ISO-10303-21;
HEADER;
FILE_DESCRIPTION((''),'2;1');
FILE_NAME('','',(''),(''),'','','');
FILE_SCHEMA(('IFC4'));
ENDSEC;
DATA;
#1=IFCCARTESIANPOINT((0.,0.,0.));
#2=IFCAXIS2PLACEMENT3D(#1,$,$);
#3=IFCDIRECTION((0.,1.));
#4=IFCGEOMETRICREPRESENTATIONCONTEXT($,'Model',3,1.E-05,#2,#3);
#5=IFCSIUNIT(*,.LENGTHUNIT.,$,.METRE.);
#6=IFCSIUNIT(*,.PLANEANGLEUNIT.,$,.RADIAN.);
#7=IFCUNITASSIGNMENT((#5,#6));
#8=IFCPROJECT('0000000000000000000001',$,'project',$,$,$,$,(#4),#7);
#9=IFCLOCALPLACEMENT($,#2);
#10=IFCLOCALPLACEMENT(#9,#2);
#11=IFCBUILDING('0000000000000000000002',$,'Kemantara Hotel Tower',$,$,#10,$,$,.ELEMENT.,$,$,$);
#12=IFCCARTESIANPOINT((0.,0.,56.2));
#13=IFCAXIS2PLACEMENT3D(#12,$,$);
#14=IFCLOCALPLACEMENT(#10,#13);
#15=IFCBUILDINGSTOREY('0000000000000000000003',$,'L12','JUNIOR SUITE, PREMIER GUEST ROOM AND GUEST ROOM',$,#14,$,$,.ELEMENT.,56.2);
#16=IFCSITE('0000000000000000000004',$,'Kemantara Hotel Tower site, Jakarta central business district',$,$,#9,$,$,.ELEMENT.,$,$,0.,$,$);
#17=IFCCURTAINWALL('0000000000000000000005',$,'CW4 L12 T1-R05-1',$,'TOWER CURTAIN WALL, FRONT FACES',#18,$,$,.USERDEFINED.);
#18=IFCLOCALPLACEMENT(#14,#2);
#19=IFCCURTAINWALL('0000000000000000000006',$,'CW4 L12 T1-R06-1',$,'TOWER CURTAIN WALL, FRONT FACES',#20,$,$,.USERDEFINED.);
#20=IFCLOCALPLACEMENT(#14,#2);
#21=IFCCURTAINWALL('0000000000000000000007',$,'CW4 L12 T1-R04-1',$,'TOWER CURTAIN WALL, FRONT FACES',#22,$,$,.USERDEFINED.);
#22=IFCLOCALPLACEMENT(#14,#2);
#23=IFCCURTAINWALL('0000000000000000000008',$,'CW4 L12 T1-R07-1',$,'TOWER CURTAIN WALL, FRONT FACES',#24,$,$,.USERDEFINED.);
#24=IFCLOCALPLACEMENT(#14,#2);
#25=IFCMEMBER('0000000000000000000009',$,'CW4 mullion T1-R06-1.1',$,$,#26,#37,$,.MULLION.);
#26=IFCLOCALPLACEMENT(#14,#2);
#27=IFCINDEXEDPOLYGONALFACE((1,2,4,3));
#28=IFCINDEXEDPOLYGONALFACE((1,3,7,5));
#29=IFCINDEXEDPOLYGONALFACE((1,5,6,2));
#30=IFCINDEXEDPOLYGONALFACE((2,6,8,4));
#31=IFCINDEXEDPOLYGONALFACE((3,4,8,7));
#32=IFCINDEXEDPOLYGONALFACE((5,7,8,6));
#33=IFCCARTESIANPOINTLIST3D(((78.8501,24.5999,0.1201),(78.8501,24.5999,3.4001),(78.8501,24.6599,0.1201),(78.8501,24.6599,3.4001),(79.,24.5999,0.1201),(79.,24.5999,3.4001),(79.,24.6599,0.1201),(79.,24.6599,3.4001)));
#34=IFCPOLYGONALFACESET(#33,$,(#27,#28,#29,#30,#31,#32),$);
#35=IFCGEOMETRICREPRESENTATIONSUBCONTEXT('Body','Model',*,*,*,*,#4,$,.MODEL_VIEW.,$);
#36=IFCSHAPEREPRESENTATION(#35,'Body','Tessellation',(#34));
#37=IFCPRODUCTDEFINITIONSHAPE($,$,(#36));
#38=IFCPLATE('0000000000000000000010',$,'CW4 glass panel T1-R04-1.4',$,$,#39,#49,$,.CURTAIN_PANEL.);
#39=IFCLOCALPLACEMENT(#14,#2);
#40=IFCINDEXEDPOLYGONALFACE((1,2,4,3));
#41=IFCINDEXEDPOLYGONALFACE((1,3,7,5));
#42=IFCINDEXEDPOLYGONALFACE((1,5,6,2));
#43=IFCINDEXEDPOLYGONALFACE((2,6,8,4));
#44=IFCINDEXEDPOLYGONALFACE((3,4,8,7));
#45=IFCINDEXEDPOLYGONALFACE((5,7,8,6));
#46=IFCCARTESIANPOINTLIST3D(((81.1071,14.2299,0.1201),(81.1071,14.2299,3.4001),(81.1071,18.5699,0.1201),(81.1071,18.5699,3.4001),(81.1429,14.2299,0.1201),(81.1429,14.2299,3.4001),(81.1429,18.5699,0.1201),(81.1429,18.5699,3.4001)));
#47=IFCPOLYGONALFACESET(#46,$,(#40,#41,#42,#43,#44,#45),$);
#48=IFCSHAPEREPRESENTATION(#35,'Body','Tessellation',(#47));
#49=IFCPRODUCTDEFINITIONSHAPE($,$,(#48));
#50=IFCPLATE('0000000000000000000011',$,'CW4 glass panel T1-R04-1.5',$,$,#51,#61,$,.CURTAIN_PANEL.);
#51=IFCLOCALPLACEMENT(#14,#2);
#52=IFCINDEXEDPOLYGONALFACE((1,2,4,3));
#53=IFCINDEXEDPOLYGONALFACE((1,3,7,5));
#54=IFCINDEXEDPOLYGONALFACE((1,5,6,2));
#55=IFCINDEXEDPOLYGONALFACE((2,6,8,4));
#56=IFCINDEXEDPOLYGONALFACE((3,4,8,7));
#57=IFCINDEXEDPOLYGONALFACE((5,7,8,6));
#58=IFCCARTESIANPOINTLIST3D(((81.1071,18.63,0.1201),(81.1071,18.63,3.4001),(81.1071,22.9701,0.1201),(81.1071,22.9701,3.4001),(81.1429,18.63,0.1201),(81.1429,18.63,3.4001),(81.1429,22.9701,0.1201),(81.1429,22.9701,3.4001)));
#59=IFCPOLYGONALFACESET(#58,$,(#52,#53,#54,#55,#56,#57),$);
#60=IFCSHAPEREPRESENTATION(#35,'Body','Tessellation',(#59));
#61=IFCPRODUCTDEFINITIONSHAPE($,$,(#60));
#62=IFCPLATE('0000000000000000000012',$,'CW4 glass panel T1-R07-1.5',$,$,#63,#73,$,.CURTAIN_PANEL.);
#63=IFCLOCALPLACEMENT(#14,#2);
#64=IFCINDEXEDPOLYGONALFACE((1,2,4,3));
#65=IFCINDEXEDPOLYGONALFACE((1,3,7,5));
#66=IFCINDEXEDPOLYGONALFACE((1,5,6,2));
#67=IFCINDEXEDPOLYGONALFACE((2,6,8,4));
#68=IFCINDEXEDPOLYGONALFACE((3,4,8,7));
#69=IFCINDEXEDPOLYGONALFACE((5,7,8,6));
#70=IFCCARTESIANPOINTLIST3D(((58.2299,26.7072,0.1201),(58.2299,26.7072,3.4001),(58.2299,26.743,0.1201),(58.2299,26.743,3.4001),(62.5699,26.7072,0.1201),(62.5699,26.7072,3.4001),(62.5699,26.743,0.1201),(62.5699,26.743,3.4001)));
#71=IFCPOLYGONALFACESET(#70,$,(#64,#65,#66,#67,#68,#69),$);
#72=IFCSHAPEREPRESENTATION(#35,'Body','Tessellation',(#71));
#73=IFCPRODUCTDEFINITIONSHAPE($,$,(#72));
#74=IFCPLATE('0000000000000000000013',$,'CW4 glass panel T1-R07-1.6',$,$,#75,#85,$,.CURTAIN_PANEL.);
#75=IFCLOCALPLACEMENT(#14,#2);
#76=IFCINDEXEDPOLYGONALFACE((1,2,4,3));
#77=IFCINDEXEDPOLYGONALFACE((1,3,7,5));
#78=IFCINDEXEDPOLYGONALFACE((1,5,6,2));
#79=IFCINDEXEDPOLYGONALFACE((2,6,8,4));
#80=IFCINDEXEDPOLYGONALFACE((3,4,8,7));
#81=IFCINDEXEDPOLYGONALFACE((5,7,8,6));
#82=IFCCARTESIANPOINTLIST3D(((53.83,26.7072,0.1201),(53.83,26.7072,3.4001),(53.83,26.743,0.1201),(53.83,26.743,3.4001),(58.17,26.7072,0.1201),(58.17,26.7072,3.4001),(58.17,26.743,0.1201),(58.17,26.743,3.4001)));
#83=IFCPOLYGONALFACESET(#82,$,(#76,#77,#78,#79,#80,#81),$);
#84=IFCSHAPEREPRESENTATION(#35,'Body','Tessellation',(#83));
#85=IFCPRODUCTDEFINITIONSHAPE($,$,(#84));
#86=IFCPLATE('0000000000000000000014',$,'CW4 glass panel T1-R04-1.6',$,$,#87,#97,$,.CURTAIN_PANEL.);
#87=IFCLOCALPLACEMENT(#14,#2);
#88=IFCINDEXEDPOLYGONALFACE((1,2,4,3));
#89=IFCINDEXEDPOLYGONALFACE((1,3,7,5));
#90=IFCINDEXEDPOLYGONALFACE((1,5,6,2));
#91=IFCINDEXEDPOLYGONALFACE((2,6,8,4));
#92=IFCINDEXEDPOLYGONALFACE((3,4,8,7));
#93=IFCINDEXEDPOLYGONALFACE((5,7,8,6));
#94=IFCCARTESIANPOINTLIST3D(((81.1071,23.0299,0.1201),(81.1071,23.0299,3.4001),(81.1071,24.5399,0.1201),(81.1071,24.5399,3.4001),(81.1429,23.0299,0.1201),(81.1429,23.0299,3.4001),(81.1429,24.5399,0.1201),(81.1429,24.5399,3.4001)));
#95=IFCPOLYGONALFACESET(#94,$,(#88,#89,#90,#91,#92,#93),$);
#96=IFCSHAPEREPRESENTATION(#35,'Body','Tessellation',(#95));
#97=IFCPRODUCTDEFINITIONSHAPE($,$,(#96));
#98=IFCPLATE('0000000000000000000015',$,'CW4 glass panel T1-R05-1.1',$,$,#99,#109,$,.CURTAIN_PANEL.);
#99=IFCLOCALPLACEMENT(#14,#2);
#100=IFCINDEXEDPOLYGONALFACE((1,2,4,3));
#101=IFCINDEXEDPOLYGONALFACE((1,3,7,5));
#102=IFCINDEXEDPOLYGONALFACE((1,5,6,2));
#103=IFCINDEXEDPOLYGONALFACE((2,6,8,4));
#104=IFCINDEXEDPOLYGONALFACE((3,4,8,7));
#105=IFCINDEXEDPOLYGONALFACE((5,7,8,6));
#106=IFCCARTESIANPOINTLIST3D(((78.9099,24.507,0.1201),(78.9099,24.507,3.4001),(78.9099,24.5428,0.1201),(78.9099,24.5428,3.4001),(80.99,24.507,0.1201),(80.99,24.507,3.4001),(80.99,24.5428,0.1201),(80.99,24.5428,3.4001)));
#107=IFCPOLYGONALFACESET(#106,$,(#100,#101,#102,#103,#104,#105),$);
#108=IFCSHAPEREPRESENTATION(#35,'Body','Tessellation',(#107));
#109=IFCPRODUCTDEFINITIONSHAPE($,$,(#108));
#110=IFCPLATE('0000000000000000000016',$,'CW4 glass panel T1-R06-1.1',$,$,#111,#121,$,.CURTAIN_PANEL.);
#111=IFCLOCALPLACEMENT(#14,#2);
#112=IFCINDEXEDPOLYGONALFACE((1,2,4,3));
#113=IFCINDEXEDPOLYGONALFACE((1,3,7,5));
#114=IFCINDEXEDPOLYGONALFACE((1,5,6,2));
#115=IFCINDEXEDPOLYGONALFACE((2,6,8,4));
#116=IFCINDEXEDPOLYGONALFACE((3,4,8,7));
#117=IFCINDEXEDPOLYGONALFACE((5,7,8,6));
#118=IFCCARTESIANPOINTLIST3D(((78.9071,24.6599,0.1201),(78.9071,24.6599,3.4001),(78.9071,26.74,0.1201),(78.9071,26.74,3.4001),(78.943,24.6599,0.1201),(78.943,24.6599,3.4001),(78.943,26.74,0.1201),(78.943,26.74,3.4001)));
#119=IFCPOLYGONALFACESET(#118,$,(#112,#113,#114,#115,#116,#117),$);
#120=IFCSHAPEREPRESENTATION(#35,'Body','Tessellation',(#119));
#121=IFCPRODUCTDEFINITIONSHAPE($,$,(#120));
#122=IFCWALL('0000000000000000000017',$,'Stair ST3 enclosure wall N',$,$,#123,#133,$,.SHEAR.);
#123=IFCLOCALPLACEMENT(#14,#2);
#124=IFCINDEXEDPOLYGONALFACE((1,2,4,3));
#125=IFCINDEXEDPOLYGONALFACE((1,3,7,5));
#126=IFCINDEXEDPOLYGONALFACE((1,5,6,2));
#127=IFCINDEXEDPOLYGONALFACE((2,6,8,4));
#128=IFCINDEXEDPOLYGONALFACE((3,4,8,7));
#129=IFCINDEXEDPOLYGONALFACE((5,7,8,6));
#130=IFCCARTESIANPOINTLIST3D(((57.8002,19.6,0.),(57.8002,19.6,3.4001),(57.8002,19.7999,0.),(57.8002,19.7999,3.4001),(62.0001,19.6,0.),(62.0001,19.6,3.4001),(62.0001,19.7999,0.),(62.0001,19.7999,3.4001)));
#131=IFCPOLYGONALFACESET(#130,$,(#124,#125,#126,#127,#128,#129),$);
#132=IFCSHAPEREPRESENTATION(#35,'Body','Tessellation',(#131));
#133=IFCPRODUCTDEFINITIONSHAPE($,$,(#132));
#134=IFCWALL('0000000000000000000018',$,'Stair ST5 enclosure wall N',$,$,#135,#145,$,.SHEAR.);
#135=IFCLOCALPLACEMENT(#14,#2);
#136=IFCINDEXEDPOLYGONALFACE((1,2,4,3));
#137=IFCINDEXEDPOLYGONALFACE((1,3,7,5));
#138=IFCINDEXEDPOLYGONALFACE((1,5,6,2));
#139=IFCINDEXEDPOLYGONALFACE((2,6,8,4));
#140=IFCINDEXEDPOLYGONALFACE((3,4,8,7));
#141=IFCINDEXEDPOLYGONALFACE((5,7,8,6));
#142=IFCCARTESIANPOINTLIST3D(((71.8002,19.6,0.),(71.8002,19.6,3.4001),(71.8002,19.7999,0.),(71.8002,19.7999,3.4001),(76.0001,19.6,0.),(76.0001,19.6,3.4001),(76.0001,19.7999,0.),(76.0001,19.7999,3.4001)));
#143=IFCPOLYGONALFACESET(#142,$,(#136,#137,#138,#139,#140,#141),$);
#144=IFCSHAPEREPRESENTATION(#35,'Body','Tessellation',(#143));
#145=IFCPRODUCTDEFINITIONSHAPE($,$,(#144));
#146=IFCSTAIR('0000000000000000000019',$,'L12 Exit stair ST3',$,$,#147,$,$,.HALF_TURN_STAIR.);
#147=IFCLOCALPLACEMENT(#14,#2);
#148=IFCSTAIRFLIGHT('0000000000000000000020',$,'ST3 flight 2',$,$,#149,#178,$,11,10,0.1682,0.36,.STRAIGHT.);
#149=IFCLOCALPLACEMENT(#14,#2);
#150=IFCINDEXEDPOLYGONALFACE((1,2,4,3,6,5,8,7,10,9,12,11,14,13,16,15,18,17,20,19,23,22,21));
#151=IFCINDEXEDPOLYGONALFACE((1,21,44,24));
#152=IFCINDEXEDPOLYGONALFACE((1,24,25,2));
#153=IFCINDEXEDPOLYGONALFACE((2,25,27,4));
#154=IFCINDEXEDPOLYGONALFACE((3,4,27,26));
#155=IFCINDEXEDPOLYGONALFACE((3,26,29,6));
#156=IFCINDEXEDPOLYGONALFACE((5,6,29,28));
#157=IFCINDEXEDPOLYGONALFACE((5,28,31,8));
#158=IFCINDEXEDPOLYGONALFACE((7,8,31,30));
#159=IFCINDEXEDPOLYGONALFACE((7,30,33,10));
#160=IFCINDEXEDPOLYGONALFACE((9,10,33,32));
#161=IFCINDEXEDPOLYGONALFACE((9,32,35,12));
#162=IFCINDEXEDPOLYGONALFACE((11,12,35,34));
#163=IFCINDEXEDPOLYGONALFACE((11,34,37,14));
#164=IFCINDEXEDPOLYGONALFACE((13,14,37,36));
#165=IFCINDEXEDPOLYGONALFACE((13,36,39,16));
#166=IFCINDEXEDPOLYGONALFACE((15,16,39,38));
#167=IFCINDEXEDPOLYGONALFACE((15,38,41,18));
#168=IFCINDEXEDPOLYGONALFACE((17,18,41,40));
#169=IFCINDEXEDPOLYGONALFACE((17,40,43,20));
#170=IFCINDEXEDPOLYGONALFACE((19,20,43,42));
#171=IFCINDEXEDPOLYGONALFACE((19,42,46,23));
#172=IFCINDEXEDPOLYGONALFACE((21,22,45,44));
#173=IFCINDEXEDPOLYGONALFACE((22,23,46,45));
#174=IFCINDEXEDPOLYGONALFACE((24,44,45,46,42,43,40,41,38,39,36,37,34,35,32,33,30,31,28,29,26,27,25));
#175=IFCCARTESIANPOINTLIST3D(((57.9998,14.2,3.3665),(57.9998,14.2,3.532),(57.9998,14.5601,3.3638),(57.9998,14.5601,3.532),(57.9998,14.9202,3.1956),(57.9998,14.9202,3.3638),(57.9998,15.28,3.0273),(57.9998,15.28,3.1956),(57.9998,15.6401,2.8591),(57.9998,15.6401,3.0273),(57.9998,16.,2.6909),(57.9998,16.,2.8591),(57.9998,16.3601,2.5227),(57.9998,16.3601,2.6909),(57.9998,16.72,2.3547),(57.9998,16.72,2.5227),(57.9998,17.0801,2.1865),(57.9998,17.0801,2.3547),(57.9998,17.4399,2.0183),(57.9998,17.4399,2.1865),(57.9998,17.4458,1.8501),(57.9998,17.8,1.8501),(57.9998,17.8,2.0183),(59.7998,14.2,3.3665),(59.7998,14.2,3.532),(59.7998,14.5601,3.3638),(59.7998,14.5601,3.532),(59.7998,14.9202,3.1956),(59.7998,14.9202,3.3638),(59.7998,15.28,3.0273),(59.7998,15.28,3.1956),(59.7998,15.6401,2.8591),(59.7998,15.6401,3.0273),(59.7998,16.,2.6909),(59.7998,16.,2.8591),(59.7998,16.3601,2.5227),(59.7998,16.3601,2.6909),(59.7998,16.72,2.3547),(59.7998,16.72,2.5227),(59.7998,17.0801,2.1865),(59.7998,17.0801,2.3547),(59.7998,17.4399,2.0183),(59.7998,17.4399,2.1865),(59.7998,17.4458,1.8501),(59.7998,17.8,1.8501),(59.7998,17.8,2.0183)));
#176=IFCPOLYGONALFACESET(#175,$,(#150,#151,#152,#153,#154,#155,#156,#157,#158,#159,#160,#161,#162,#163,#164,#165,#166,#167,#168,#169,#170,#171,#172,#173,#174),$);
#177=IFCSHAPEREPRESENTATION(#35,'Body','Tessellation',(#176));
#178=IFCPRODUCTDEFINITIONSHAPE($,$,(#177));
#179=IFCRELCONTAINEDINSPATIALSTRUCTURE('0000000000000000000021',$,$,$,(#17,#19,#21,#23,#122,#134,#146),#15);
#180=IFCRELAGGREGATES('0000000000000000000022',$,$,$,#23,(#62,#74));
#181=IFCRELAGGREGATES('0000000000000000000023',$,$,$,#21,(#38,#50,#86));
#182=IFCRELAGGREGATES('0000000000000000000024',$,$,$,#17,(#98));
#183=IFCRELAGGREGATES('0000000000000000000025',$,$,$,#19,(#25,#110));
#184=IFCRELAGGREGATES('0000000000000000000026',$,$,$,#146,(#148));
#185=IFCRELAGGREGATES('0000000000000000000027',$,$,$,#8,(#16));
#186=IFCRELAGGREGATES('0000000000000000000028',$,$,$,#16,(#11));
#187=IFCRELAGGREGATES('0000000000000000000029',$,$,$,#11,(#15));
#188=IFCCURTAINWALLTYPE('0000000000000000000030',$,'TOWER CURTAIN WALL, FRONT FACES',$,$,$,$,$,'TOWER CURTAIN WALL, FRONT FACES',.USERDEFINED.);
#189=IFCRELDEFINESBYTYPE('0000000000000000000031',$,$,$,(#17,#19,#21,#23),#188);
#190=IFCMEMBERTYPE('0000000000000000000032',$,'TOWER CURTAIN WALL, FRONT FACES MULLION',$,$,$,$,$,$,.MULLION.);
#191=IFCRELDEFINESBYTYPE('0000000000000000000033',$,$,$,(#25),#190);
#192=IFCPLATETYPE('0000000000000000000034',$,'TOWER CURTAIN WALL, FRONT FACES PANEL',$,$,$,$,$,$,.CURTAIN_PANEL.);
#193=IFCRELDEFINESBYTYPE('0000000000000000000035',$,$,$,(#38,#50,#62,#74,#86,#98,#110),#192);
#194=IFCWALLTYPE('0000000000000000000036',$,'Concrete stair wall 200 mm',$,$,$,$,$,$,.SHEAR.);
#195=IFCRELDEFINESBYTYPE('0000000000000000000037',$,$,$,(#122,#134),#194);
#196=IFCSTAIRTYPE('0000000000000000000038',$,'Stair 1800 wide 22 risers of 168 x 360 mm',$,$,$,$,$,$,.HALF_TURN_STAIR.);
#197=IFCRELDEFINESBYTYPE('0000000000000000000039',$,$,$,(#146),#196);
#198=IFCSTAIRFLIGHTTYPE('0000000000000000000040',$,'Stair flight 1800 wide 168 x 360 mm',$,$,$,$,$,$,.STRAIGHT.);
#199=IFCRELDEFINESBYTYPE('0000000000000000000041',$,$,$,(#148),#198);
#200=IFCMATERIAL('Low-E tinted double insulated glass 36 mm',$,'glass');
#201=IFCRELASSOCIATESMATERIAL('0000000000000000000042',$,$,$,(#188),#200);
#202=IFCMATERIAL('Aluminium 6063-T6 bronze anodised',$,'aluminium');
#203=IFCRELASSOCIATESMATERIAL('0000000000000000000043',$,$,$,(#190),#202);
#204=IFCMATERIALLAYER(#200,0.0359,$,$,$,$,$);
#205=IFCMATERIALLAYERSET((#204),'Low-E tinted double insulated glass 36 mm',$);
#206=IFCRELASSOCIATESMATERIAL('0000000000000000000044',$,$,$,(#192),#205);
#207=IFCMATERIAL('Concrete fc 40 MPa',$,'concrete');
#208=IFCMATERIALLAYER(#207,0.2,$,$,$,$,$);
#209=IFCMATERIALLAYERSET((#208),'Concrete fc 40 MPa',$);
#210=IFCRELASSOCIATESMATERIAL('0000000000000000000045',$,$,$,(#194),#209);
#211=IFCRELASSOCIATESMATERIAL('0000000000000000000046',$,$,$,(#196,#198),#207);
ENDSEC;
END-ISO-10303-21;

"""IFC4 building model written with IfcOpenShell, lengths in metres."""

from ifc_helpers import new_model, si_unit, direction, frame, frame_2d, origin, origin_2d, place, context, subcontext, project, spatial, polyline, rectangle, outline, extrude, source, transform, mapped, material, layer, layer_set, material_profile, profile_set, type_object, element, aggregate, save


model = new_model("IFC4")

# Units and contexts
model_context = context("Model", 3, precision=1e-05, world=origin(), true_north=direction((0.0, 1.0)))
body_context = subcontext(model_context, "Body", "Model", "MODEL_VIEW")
ifc_project = project(units=[si_unit("LENGTHUNIT", "METRE"), si_unit("PLANEANGLEUNIT", "RADIAN")], contexts=[model_context])

# Site, building, storey
site_placement = place(None, origin())
site = spatial("IfcSite", under=ifc_project, at=site_placement, Name="Kemantara Hotel Tower site, Jakarta central business district", CompositionType="ELEMENT", RefElevation=0.0)
building_placement = place(site_placement, origin())
building = spatial("IfcBuilding", under=site, at=building_placement, Name="Kemantara Hotel Tower", CompositionType="ELEMENT")
storey_placement = place(building_placement, frame((0.0, 0.0, 56.2)))
storey = spatial("IfcBuildingStorey", under=building, at=storey_placement, Name="L12", Description="JUNIOR SUITE, PREMIER GUEST ROOM AND GUEST ROOM", CompositionType="ELEMENT", Elevation=56.2)

# Curtain walls
ifc_material_1 = material(Name="Low-E tinted double insulated glass 36 mm", Category="glass")
curtain_wall_type = type_object("IfcCurtainWallType", Name="TOWER CURTAIN WALL, FRONT FACES", ElementType="TOWER CURTAIN WALL, FRONT FACES", PredefinedType="USERDEFINED", material=ifc_material_1)
curtain_wall_1_placement = place(storey_placement, origin())
curtain_wall_1 = element("IfcCurtainWall", 1, at=curtain_wall_1_placement, inside=storey, type_object=curtain_wall_type, Name="CW4 L12 T1-R05-1", ObjectType="TOWER CURTAIN WALL, FRONT FACES", PredefinedType="USERDEFINED")
ifc_material_2 = material(Name="Aluminium 6063-T6 bronze anodised", Category="aluminium")
curtain_wall_2_placement = place(storey_placement, origin())
curtain_wall_2 = element("IfcCurtainWall", 2, at=curtain_wall_2_placement, inside=storey, type_object=curtain_wall_type, Name="CW4 L12 T1-R06-1", ObjectType="TOWER CURTAIN WALL, FRONT FACES", PredefinedType="USERDEFINED")

# Curtain walls
curtain_wall_3_placement = place(storey_placement, origin())
curtain_wall_3 = element("IfcCurtainWall", 3, at=curtain_wall_3_placement, inside=storey, type_object=curtain_wall_type, Name="CW4 L12 T1-R04-1", ObjectType="TOWER CURTAIN WALL, FRONT FACES", PredefinedType="USERDEFINED")
ifc_material_profile_1 = material_profile(ifc_material_2, rectangle(XDim=0.1499, YDim=0.0601, at=origin_2d()), Name="TOWER CURTAIN WALL, FRONT FACES MULLION")
ifc_profile_set_1 = profile_set([ifc_material_profile_1], Name="Aluminium 6063-T6 bronze anodised")
member_type_1 = type_object("IfcMemberType", Name="TOWER CURTAIN WALL, FRONT FACES MULLION", PredefinedType="MULLION", material=ifc_profile_set_1)
shared_shape_1 = source(origin(), body_context, "Body", "SweptSolid", [
    extrude(rectangle(XDim=0.1499, YDim=0.0601, at=origin_2d()), origin(), (0.0, 0.0, 1.0), 3.28),
])
curtain_wall_4_placement = place(storey_placement, origin())
curtain_wall_4 = element("IfcCurtainWall", 4, at=curtain_wall_4_placement, inside=storey, type_object=curtain_wall_type, Name="CW4 L12 T1-R07-1", ObjectType="TOWER CURTAIN WALL, FRONT FACES", PredefinedType="USERDEFINED")

# Member
member_1_placement = place(storey_placement, frame((78.925, 24.6299, 0.1201), z_axis=(0.0, 0.0, 1.0), x_axis=(-1.0, 0.0, 0.0)))
member_1 = element("IfcMember", 5, at=member_1_placement, type_object=member_type_1, Name="CW4 mullion T1-R06-1.1", PredefinedType="MULLION", context=body_context, shape_type="MappedRepresentation", body=[
    mapped(shared_shape_1, transform((0.0, 0.0, 0.0))),
])

# Plates
ifc_layer_1 = layer(ifc_material_1, 0.0359)
ifc_layer_set_1 = layer_set([ifc_layer_1], Name="Low-E tinted double insulated glass 36 mm")
plate_type = type_object("IfcPlateType", Name="TOWER CURTAIN WALL, FRONT FACES PANEL", PredefinedType="CURTAIN_PANEL", material=ifc_layer_set_1)
shared_shape_2 = source(origin(), body_context, "Body", "SweptSolid", [
    extrude(rectangle(XDim=4.3401, YDim=0.0359, at=origin_2d()), origin(), (0.0, 0.0, 1.0), 3.28),
])
plate_1_placement = place(storey_placement, frame((81.125, 16.3999, 0.1201), z_axis=(0.0, 0.0, 1.0), x_axis=(0.0, 1.0, 0.0)))
plate_1 = element("IfcPlate", 6, at=plate_1_placement, type_object=plate_type, Name="CW4 glass panel T1-R04-1.4", PredefinedType="CURTAIN_PANEL", context=body_context, shape_type="MappedRepresentation", body=[
    mapped(shared_shape_2, transform((0.0, 0.0, 0.0))),
])
plate_2_placement = place(storey_placement, frame((81.125, 20.8, 0.1201), z_axis=(0.0, 0.0, 1.0), x_axis=(0.0, 1.0, 0.0)))
plate_2 = element("IfcPlate", 7, at=plate_2_placement, type_object=plate_type, Name="CW4 glass panel T1-R04-1.5", PredefinedType="CURTAIN_PANEL", context=body_context, shape_type="MappedRepresentation", body=[
    mapped(shared_shape_2, transform((0.0, 0.0, 0.0))),
])
plate_3_placement = place(storey_placement, frame((60.3999, 26.7251, 0.1201), z_axis=(0.0, 0.0, 1.0), x_axis=(-1.0, 0.0, 0.0)))
plate_3 = element("IfcPlate", 8, at=plate_3_placement, type_object=plate_type, Name="CW4 glass panel T1-R07-1.5", PredefinedType="CURTAIN_PANEL", context=body_context, shape_type="MappedRepresentation", body=[
    mapped(shared_shape_2, transform((0.0, 0.0, 0.0))),
])
plate_4_placement = place(storey_placement, frame((56.0, 26.7251, 0.1201), z_axis=(0.0, 0.0, 1.0), x_axis=(-1.0, 0.0, 0.0)))
plate_4 = element("IfcPlate", 9, at=plate_4_placement, type_object=plate_type, Name="CW4 glass panel T1-R07-1.6", PredefinedType="CURTAIN_PANEL", context=body_context, shape_type="MappedRepresentation", body=[
    mapped(shared_shape_2, transform((0.0, 0.0, 0.0))),
])
aggregate(curtain_wall_4, [plate_3, plate_4])
shared_shape_3 = source(origin(), body_context, "Body", "SweptSolid", [
    extrude(rectangle(XDim=1.51, YDim=0.0359, at=origin_2d()), origin(), (0.0, 0.0, 1.0), 3.28),
])
plate_5_placement = place(storey_placement, frame((81.125, 23.7849, 0.1201), z_axis=(0.0, 0.0, 1.0), x_axis=(0.0, 1.0, 0.0)))
plate_5 = element("IfcPlate", 10, at=plate_5_placement, type_object=plate_type, Name="CW4 glass panel T1-R04-1.6", PredefinedType="CURTAIN_PANEL", context=body_context, shape_type="MappedRepresentation", body=[
    mapped(shared_shape_3, transform((0.0, 0.0, 0.0))),
])
aggregate(curtain_wall_3, [plate_1, plate_2, plate_5])
shared_shape_4 = source(origin(), body_context, "Body", "SweptSolid", [
    extrude(rectangle(XDim=2.0801, YDim=0.0359, at=origin_2d()), origin(), (0.0, 0.0, 1.0), 3.28),
])
plate_6_placement = place(storey_placement, frame((79.95, 24.5249, 0.1201), z_axis=(0.0, 0.0, 1.0), x_axis=(-1.0, 0.0, 0.0)))
plate_6 = element("IfcPlate", 11, at=plate_6_placement, type_object=plate_type, Name="CW4 glass panel T1-R05-1.1", PredefinedType="CURTAIN_PANEL", context=body_context, shape_type="MappedRepresentation", body=[
    mapped(shared_shape_4, transform((0.0, 0.0, 0.0))),
])
aggregate(curtain_wall_1, [plate_6])
plate_7_placement = place(storey_placement, frame((78.925, 25.7, 0.1201), z_axis=(0.0, 0.0, 1.0), x_axis=(0.0, 1.0, 0.0)))
plate_7 = element("IfcPlate", 12, at=plate_7_placement, type_object=plate_type, Name="CW4 glass panel T1-R06-1.1", PredefinedType="CURTAIN_PANEL", context=body_context, shape_type="MappedRepresentation", body=[
    mapped(shared_shape_4, transform((0.0, 0.0, 0.0))),
])
aggregate(curtain_wall_2, [member_1, plate_7])

# Walls
ifc_material_3 = material(Name="Concrete fc 40 MPa", Category="concrete")
ifc_layer_2 = layer(ifc_material_3, 0.2)
ifc_layer_set_2 = layer_set([ifc_layer_2], Name="Concrete fc 40 MPa")
wall_type = type_object("IfcWallType", Name="Concrete stair wall 200 mm", PredefinedType="SHEAR", material=ifc_layer_set_2)
for number, where, z_axis, x_axis, name in (
    (13, (57.8, 19.7, 0.0), (0.0, 0.0, 1.0), (1.0, 0.0, 0.0), "Stair ST3 enclosure wall N"),
    (14, (71.8, 19.7, 0.0), (0.0, 0.0, 1.0), (1.0, 0.0, 0.0), "Stair ST5 enclosure wall N"),
):
    element("IfcWall", number, at=place(storey_placement, frame(where, z_axis=z_axis, x_axis=x_axis)), inside=storey, type_object=wall_type, Name=name, PredefinedType="SHEAR", context=body_context, shape_type="SweptSolid", body=[
        extrude(rectangle(XDim=4.2, YDim=0.2, at=frame_2d((2.1001, 0.0))), origin(), (0.0, 0.0, 1.0), 3.4001),
    ])

# Stair, stair flight
stair_type = type_object("IfcStairType", Name="Stair 1800 wide 22 risers of 168 x 360 mm", PredefinedType="HALF_TURN_STAIR", material=ifc_material_3)
stair_1_placement = place(storey_placement, origin())
stair_1 = element("IfcStair", 15, at=stair_1_placement, inside=storey, type_object=stair_type, Name="L12 Exit stair ST3", PredefinedType="HALF_TURN_STAIR")
stair_flight_type = type_object("IfcStairFlightType", Name="Stair flight 1800 wide 168 x 360 mm", PredefinedType="STRAIGHT", material=ifc_material_3)
stair_flight_1_placement = place(storey_placement, frame((58.8999, 17.8, 1.8501), z_axis=(0.0, 0.0, 1.0), x_axis=(0.0, -1.0, 0.0)))
stair_flight_1 = element("IfcStairFlight", 16, at=stair_flight_1_placement, type_object=stair_flight_type, Name="ST3 flight 2", NumberOfRisers=11, NumberOfTreads=10, PredefinedType="STRAIGHT", RiserHeight=0.1682, TreadLength=0.36, context=body_context, shape_type="SweptSolid", body=[
    extrude(outline(polyline([(0.0, 0.0), (0.0, 0.1682), (0.3601, 0.1682), (0.3601, 0.3364), (0.72, 0.3364), (0.72, 0.5046), (1.0801, 0.5046), (1.0801, 0.6726), (1.4399, 0.6726), (1.4399, 0.8408), (1.8, 0.8408), (1.8, 1.009), (2.1599, 1.009), (2.1599, 1.1772), (2.52, 1.1772), (2.52, 1.3455), (2.8799, 1.3455), (2.8799, 1.5137), (3.24, 1.5137), (3.24, 1.6819), (3.6001, 1.6819), (3.6001, 1.8501), (3.6001, 1.5164), (0.3542, 0.0), (0.0, 0.0)])), frame((0.0, 0.8999, 0.0), z_axis=(0.0, -1.0, 0.0), x_axis=(1.0, 0.0, 0.0)), (0.0, 0.0, 1.0), 1.8),
])
aggregate(stair_1, [stair_flight_1])

save(model, "model.ifc")
